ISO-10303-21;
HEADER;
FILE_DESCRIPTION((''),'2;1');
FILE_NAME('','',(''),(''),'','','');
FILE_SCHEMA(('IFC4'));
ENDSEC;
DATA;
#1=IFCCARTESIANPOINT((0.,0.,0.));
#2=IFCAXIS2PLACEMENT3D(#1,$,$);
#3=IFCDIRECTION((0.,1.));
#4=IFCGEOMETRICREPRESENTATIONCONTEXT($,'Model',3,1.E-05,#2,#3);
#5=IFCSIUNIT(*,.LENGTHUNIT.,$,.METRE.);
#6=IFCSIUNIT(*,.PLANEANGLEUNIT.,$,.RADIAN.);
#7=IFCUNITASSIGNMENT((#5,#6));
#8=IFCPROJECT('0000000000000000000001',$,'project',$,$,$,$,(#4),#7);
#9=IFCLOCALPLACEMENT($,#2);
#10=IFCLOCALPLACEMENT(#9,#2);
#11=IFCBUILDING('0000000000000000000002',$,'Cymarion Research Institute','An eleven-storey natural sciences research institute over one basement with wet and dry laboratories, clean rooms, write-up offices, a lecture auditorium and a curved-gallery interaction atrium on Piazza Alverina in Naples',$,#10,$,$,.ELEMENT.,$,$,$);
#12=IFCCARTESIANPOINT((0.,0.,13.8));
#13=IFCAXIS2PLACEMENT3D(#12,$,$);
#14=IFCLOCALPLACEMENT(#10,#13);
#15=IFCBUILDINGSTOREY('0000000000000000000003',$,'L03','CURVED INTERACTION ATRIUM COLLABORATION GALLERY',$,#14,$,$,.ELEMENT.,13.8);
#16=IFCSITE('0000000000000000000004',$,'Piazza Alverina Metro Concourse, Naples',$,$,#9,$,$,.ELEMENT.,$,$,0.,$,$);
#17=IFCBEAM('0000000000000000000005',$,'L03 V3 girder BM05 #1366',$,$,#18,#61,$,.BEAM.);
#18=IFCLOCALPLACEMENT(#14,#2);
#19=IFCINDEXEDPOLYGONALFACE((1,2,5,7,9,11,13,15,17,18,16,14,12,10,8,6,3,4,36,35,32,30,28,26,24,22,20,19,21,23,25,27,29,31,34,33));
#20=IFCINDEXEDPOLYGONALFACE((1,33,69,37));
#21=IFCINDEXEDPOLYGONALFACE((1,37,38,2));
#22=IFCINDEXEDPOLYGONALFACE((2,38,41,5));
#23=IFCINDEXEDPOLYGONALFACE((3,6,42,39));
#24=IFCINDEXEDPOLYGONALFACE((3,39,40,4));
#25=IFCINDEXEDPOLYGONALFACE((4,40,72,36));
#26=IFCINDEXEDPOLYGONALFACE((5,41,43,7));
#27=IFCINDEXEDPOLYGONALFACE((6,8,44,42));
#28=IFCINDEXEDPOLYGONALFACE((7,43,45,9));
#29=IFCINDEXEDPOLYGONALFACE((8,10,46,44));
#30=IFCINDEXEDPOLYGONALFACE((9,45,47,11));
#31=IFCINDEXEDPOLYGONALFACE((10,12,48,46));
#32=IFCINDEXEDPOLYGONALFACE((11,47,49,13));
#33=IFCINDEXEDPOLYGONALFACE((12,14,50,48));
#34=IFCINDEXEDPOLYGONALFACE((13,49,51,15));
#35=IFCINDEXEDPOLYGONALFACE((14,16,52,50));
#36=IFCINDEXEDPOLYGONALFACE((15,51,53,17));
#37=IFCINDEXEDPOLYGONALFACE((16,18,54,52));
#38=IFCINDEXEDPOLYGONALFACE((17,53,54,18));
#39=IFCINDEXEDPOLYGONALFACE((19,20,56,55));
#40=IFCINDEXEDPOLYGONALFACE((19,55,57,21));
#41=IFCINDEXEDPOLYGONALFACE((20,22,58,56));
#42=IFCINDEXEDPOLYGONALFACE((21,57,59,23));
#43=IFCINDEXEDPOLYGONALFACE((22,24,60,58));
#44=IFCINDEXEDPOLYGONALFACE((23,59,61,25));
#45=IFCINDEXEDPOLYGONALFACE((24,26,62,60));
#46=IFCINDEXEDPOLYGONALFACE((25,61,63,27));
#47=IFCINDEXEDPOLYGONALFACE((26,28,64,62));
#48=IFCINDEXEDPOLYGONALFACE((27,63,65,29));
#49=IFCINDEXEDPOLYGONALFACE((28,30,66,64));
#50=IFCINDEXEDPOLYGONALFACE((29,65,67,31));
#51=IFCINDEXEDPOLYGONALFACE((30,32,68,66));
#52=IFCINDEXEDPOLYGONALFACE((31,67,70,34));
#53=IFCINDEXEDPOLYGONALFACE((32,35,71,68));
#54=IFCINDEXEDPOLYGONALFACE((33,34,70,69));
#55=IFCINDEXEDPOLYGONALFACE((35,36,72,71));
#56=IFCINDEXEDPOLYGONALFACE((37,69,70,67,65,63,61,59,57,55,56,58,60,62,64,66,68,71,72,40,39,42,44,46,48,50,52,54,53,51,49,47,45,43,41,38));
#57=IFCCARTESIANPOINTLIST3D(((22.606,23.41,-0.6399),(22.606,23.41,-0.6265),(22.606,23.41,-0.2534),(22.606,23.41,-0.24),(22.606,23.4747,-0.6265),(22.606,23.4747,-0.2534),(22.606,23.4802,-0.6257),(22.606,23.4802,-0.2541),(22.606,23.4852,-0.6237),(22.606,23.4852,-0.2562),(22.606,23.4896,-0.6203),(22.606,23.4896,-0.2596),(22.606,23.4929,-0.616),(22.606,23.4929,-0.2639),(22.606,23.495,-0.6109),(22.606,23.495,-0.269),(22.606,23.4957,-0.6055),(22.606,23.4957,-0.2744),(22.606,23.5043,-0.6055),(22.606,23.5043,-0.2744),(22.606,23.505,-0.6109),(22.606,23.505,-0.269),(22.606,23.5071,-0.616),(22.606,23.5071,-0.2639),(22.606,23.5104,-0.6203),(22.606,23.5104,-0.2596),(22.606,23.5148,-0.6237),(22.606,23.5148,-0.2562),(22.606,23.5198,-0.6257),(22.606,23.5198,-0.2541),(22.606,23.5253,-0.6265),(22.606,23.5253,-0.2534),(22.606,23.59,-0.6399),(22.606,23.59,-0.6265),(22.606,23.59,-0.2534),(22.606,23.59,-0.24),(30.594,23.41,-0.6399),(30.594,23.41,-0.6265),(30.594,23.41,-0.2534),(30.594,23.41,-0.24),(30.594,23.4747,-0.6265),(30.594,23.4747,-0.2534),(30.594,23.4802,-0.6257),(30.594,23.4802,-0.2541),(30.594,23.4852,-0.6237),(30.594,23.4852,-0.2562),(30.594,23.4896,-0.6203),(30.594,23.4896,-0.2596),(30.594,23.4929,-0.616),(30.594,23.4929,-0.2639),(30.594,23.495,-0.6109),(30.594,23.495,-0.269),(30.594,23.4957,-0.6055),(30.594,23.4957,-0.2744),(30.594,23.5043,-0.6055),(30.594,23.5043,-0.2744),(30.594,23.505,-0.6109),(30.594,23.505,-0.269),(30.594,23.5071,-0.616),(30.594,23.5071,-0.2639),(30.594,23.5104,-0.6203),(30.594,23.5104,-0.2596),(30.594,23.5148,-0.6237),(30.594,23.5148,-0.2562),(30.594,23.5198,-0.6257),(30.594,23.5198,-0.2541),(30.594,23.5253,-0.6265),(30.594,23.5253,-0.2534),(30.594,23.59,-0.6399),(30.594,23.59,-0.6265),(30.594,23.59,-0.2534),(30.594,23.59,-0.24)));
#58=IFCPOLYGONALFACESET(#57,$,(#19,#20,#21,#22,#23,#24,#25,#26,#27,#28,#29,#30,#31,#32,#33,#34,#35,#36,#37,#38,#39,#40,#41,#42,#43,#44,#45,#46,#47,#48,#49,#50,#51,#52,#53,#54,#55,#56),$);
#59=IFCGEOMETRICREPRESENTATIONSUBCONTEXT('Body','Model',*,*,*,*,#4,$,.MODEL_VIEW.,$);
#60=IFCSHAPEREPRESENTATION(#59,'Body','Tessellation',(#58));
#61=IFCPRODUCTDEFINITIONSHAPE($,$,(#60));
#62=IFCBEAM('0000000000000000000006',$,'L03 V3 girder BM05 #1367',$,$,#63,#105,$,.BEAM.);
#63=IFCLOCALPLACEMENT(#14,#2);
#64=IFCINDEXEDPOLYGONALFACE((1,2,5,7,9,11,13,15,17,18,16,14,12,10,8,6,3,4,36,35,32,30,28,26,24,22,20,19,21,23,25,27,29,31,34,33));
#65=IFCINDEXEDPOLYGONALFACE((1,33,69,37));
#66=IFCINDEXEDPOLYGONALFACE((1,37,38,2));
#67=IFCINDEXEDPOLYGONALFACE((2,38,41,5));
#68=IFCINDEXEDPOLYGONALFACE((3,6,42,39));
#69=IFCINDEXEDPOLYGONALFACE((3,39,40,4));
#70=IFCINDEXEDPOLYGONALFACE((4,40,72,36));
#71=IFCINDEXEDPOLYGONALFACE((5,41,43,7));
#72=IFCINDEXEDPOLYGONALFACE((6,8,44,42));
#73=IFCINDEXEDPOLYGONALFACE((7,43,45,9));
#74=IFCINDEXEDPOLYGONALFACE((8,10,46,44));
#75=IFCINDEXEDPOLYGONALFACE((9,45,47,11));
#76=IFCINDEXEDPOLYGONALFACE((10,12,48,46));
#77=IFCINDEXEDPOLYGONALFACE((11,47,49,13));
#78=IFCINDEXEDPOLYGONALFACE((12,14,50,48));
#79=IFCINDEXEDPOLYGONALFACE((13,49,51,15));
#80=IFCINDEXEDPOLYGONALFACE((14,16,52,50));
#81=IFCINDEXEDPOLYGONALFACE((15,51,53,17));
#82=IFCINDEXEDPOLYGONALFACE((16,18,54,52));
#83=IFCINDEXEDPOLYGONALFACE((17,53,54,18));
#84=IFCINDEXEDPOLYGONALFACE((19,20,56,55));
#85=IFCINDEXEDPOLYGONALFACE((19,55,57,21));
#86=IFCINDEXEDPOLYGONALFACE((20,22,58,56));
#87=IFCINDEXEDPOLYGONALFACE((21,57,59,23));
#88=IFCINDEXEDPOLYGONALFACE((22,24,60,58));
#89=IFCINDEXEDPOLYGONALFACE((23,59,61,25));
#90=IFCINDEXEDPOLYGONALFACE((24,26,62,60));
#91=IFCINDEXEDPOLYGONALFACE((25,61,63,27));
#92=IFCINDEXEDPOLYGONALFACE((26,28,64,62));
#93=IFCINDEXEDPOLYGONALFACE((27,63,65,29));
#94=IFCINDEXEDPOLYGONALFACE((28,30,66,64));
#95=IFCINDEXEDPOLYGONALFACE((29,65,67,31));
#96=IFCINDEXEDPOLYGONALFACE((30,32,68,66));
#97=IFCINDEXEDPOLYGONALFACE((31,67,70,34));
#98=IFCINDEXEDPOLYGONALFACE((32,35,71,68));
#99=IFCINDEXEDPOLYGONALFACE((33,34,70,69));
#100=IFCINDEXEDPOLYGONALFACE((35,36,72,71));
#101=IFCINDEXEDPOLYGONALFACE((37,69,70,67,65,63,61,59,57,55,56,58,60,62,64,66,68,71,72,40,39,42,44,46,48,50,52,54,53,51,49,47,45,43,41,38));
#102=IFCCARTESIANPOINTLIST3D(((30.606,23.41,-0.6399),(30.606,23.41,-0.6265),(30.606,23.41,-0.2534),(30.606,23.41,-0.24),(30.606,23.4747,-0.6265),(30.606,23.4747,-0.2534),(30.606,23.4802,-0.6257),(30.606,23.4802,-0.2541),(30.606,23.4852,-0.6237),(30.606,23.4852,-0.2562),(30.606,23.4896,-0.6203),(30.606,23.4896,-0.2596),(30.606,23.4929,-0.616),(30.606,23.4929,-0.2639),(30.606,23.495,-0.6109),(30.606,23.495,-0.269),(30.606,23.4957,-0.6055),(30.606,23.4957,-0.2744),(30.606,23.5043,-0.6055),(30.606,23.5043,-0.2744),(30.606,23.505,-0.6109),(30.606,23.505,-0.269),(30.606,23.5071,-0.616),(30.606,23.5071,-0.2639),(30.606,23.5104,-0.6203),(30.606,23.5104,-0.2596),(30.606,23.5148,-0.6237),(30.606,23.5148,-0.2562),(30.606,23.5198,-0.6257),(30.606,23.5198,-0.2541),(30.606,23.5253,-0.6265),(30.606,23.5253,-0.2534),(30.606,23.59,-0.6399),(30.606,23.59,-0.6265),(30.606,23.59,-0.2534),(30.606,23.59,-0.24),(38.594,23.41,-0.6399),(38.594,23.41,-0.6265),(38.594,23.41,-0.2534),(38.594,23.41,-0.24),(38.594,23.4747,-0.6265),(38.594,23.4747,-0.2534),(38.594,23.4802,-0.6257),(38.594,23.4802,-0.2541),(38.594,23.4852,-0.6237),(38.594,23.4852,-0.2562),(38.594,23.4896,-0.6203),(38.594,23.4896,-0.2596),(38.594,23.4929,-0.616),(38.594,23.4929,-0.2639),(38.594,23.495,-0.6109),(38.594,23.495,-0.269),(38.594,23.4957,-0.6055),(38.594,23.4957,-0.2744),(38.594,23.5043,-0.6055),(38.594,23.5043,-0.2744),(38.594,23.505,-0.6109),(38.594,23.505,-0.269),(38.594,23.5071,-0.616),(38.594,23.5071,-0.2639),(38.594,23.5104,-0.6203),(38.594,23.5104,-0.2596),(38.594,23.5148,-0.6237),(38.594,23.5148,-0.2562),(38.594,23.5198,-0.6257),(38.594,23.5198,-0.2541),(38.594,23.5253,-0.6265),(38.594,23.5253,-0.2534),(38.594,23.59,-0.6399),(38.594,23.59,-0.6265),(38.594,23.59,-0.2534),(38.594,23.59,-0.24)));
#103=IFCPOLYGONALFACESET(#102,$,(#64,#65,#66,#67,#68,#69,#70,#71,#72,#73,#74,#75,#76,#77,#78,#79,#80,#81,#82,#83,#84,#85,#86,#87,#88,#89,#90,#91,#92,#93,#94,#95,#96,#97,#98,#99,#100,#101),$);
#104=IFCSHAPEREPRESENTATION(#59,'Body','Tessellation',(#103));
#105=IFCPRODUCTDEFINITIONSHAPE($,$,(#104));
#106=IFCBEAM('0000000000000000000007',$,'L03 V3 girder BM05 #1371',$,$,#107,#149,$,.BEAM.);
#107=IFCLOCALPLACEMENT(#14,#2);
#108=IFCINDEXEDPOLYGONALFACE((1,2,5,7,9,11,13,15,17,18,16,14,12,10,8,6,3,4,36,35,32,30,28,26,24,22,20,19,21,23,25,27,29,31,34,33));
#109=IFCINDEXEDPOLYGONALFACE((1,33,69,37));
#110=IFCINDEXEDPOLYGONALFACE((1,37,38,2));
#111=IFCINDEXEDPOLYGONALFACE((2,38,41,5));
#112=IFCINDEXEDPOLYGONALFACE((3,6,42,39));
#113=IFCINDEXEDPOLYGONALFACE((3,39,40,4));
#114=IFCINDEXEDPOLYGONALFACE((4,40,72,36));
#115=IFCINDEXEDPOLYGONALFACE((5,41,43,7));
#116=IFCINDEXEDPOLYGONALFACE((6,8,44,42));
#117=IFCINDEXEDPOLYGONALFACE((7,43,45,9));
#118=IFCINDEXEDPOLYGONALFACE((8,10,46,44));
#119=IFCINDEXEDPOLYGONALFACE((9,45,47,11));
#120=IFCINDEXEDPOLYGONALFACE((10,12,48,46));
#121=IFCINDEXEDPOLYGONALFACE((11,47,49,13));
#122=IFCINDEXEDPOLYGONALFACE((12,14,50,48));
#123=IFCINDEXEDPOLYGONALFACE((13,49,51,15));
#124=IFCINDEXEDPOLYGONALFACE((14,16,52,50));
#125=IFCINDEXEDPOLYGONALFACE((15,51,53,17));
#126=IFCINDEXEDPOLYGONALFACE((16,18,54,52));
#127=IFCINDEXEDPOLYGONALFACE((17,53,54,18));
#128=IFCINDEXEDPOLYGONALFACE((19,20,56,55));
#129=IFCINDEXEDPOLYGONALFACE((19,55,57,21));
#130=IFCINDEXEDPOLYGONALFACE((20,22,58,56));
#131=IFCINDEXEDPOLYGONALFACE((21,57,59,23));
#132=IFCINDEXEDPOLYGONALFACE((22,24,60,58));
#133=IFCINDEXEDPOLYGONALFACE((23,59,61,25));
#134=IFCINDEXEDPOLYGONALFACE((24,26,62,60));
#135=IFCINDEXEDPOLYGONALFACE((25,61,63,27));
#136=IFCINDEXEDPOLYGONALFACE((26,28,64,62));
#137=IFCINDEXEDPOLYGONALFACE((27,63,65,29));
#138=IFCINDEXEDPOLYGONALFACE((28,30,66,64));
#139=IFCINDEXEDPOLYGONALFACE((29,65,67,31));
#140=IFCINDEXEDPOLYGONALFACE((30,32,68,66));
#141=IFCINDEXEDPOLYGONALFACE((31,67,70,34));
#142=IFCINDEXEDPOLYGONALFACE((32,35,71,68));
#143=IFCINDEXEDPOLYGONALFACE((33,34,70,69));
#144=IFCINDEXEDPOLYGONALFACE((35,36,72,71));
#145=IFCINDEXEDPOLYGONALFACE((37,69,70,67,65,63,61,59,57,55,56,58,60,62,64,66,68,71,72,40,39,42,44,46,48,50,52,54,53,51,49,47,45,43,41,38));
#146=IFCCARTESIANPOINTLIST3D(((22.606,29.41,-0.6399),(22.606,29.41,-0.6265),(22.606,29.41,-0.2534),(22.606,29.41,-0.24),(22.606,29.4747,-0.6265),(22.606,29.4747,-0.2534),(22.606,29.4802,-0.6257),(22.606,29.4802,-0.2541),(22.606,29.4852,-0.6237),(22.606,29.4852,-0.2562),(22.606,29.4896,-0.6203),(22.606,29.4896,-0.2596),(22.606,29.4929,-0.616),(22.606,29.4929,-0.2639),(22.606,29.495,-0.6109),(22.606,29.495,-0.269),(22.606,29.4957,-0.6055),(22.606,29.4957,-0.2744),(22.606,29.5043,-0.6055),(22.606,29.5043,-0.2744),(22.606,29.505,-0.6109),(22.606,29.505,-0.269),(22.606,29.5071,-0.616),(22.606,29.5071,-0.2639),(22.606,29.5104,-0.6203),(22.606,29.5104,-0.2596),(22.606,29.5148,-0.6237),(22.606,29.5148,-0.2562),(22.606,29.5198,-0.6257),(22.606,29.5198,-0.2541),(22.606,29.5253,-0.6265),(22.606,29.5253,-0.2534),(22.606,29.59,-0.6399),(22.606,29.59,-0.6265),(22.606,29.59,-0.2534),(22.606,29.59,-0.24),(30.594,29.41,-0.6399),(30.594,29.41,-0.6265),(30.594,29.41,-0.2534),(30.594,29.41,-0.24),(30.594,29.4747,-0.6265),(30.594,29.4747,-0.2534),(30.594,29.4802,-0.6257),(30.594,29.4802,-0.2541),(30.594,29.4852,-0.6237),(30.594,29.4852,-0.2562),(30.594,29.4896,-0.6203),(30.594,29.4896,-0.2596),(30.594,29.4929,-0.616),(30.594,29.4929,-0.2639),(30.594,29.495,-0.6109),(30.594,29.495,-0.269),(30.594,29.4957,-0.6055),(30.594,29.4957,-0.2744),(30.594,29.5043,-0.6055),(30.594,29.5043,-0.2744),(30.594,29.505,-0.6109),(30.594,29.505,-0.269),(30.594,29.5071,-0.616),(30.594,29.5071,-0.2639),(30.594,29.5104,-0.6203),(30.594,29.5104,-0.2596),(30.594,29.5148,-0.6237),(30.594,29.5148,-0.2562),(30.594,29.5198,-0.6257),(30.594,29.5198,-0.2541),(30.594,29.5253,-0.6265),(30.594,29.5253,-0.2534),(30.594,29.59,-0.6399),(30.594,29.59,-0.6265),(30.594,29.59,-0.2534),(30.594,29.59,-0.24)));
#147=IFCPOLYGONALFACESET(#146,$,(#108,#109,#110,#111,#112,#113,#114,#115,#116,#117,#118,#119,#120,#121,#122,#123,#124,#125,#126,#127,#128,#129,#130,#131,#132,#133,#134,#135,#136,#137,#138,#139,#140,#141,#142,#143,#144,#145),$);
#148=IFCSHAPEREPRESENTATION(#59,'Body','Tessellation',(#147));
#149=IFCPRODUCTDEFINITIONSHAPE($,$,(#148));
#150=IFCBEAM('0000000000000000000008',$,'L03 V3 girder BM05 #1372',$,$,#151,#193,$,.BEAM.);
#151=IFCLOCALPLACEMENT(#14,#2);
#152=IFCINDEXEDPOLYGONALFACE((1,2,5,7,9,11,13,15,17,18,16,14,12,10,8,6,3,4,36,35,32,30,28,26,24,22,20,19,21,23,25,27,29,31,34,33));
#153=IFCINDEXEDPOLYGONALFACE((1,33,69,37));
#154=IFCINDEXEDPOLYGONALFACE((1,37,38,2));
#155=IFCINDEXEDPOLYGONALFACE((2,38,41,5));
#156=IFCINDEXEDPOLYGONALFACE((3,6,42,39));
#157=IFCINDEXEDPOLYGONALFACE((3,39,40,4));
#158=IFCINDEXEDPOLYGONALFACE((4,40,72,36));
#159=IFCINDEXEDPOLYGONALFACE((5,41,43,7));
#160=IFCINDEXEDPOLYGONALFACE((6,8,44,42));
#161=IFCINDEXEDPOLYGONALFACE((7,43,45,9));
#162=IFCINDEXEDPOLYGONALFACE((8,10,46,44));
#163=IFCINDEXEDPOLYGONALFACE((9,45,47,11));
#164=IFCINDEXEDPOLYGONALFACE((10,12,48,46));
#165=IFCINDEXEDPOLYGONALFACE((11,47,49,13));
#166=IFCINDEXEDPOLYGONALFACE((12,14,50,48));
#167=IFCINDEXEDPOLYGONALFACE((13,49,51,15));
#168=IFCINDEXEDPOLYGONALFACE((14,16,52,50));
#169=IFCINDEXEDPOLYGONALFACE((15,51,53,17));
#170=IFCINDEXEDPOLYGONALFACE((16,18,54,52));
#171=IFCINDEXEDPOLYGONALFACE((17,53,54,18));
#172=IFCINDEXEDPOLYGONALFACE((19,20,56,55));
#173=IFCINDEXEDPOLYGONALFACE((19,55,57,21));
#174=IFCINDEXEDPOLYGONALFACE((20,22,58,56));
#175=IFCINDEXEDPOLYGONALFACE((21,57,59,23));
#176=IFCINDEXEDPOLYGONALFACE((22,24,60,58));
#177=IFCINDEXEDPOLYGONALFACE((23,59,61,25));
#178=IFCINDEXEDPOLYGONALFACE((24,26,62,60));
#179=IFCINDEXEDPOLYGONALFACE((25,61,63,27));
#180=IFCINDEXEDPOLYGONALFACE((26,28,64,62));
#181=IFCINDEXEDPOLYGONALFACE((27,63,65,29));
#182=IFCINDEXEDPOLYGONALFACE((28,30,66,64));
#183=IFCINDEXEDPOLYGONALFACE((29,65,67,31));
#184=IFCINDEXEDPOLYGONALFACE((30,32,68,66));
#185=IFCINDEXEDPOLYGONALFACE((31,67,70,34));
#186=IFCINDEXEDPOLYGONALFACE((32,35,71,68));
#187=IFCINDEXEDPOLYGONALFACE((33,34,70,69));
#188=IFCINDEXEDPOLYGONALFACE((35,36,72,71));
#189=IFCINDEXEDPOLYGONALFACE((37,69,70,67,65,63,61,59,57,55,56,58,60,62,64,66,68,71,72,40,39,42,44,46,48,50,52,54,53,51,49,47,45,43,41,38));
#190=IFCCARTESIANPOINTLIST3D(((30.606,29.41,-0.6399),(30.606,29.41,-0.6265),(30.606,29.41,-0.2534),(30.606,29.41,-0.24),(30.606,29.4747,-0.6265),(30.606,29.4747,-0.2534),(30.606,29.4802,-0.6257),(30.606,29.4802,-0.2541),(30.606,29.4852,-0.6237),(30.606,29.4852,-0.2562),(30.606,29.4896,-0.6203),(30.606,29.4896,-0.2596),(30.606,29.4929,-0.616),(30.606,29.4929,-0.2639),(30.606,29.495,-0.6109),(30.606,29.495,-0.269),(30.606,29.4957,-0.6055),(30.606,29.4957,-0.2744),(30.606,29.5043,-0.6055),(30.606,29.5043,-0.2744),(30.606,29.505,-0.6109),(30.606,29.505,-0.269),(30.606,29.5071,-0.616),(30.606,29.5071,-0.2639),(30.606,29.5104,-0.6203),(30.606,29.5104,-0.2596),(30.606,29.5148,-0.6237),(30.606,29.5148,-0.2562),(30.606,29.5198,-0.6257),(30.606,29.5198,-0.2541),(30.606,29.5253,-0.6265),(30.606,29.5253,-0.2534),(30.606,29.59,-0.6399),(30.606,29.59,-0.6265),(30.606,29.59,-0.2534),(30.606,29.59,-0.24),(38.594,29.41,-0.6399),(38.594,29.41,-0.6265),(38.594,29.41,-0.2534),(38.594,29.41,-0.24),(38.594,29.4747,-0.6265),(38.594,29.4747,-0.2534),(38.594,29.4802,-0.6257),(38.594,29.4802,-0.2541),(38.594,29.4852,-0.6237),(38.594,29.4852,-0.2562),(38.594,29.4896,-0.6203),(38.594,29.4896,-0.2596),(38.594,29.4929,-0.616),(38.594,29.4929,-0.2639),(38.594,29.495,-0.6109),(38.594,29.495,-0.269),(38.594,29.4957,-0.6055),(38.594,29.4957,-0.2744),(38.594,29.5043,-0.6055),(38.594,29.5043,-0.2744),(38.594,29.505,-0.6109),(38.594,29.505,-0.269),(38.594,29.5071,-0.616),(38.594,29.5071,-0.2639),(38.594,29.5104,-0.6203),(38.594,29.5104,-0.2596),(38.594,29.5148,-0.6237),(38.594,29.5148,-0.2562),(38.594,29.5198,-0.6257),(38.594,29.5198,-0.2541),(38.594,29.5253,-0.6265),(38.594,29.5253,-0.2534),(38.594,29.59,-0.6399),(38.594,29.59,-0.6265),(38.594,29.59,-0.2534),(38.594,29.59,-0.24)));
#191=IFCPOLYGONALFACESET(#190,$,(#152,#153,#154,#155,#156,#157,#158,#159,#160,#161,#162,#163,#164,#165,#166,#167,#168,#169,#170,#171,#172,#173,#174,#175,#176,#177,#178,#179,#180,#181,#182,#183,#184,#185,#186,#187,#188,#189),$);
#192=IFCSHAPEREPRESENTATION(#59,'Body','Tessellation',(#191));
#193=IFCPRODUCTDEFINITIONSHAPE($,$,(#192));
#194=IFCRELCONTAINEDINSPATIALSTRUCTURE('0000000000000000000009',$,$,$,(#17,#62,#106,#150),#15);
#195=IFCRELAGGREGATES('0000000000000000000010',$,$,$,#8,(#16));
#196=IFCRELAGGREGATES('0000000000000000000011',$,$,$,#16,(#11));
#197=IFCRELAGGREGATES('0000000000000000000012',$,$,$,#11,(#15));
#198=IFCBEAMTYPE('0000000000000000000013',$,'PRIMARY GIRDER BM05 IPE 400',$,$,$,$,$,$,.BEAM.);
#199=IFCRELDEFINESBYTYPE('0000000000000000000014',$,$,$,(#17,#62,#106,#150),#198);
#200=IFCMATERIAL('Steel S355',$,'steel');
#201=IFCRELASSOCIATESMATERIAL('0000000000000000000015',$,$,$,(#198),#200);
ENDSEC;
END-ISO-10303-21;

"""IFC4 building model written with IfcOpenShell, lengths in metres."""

from ifc_helpers import new_model, si_unit, direction, frame, origin, origin_2d, place, context, subcontext, project, spatial, i_section, extrude, material, material_profile, profile_set, type_object, element, save


model = new_model("IFC4")

# Units and contexts
model_context = context("Model", 3, precision=1e-05, world=origin(), true_north=direction((0.0, 1.0)))
body_context = subcontext(model_context, "Body", "Model", "MODEL_VIEW")
ifc_project = project(units=[si_unit("LENGTHUNIT", "METRE"), si_unit("PLANEANGLEUNIT", "RADIAN")], contexts=[model_context])

# Site, building, storey
site_placement = place(None, origin())
site = spatial("IfcSite", under=ifc_project, at=site_placement, Name="Piazza Alverina Metro Concourse, Naples", CompositionType="ELEMENT", RefElevation=0.0)
building_placement = place(site_placement, origin())
building = spatial("IfcBuilding", under=site, at=building_placement, Name="Cymarion Research Institute", Description="An eleven-storey natural sciences research institute over one basement with wet and dry laboratories, clean rooms, write-up offices, a lecture auditorium and a curved-gallery interaction atrium on Piazza Alverina in Naples", CompositionType="ELEMENT")
storey_placement = place(building_placement, frame((0.0, 0.0, 13.8)))
storey = spatial("IfcBuildingStorey", under=building, at=storey_placement, Name="L03", Description="CURVED INTERACTION ATRIUM COLLABORATION GALLERY", CompositionType="ELEMENT", Elevation=13.8)

# Beams
ifc_material_1 = material(Name="Steel S355", Category="steel")
ifc_material_profile_1 = material_profile(ifc_material_1, i_section(OverallWidth=0.1799, OverallDepth=0.3999, WebThickness=0.0085, FlangeThickness=0.0134, FilletRadius=0.021, at=origin_2d()), Name="IPE 400")
ifc_profile_set_1 = profile_set([ifc_material_profile_1], Name="Steel S355")
beam_type_1 = type_object("IfcBeamType", Name="PRIMARY GIRDER BM05 IPE 400", PredefinedType="BEAM", material=ifc_profile_set_1)
for number, where, z_axis, x_axis, name in (
    (1, (22.606, 23.5, -0.4399), (1.0, 0.0, 0.0), (0.0, 1.0, 0.0), "L03 V3 girder BM05 #1366"),
    (2, (30.606, 23.5, -0.4399), (1.0, 0.0, 0.0), (0.0, 1.0, 0.0), "L03 V3 girder BM05 #1367"),
    (3, (22.606, 29.5, -0.4399), (1.0, 0.0, 0.0), (0.0, 1.0, 0.0), "L03 V3 girder BM05 #1371"),
    (4, (30.606, 29.5, -0.4399), (1.0, 0.0, 0.0), (0.0, 1.0, 0.0), "L03 V3 girder BM05 #1372"),
):
    element("IfcBeam", number, at=place(storey_placement, frame(where, z_axis=z_axis, x_axis=x_axis)), inside=storey, type_object=beam_type_1, Name=name, PredefinedType="BEAM", context=body_context, shape_type="SweptSolid", body=[
        extrude(i_section(OverallWidth=0.1799, OverallDepth=0.3999, WebThickness=0.0085, FlangeThickness=0.0134, FilletRadius=0.021, at=origin_2d()), origin(), (0.0, 0.0, 1.0), 7.988),
    ])

save(model, "model.ifc")
